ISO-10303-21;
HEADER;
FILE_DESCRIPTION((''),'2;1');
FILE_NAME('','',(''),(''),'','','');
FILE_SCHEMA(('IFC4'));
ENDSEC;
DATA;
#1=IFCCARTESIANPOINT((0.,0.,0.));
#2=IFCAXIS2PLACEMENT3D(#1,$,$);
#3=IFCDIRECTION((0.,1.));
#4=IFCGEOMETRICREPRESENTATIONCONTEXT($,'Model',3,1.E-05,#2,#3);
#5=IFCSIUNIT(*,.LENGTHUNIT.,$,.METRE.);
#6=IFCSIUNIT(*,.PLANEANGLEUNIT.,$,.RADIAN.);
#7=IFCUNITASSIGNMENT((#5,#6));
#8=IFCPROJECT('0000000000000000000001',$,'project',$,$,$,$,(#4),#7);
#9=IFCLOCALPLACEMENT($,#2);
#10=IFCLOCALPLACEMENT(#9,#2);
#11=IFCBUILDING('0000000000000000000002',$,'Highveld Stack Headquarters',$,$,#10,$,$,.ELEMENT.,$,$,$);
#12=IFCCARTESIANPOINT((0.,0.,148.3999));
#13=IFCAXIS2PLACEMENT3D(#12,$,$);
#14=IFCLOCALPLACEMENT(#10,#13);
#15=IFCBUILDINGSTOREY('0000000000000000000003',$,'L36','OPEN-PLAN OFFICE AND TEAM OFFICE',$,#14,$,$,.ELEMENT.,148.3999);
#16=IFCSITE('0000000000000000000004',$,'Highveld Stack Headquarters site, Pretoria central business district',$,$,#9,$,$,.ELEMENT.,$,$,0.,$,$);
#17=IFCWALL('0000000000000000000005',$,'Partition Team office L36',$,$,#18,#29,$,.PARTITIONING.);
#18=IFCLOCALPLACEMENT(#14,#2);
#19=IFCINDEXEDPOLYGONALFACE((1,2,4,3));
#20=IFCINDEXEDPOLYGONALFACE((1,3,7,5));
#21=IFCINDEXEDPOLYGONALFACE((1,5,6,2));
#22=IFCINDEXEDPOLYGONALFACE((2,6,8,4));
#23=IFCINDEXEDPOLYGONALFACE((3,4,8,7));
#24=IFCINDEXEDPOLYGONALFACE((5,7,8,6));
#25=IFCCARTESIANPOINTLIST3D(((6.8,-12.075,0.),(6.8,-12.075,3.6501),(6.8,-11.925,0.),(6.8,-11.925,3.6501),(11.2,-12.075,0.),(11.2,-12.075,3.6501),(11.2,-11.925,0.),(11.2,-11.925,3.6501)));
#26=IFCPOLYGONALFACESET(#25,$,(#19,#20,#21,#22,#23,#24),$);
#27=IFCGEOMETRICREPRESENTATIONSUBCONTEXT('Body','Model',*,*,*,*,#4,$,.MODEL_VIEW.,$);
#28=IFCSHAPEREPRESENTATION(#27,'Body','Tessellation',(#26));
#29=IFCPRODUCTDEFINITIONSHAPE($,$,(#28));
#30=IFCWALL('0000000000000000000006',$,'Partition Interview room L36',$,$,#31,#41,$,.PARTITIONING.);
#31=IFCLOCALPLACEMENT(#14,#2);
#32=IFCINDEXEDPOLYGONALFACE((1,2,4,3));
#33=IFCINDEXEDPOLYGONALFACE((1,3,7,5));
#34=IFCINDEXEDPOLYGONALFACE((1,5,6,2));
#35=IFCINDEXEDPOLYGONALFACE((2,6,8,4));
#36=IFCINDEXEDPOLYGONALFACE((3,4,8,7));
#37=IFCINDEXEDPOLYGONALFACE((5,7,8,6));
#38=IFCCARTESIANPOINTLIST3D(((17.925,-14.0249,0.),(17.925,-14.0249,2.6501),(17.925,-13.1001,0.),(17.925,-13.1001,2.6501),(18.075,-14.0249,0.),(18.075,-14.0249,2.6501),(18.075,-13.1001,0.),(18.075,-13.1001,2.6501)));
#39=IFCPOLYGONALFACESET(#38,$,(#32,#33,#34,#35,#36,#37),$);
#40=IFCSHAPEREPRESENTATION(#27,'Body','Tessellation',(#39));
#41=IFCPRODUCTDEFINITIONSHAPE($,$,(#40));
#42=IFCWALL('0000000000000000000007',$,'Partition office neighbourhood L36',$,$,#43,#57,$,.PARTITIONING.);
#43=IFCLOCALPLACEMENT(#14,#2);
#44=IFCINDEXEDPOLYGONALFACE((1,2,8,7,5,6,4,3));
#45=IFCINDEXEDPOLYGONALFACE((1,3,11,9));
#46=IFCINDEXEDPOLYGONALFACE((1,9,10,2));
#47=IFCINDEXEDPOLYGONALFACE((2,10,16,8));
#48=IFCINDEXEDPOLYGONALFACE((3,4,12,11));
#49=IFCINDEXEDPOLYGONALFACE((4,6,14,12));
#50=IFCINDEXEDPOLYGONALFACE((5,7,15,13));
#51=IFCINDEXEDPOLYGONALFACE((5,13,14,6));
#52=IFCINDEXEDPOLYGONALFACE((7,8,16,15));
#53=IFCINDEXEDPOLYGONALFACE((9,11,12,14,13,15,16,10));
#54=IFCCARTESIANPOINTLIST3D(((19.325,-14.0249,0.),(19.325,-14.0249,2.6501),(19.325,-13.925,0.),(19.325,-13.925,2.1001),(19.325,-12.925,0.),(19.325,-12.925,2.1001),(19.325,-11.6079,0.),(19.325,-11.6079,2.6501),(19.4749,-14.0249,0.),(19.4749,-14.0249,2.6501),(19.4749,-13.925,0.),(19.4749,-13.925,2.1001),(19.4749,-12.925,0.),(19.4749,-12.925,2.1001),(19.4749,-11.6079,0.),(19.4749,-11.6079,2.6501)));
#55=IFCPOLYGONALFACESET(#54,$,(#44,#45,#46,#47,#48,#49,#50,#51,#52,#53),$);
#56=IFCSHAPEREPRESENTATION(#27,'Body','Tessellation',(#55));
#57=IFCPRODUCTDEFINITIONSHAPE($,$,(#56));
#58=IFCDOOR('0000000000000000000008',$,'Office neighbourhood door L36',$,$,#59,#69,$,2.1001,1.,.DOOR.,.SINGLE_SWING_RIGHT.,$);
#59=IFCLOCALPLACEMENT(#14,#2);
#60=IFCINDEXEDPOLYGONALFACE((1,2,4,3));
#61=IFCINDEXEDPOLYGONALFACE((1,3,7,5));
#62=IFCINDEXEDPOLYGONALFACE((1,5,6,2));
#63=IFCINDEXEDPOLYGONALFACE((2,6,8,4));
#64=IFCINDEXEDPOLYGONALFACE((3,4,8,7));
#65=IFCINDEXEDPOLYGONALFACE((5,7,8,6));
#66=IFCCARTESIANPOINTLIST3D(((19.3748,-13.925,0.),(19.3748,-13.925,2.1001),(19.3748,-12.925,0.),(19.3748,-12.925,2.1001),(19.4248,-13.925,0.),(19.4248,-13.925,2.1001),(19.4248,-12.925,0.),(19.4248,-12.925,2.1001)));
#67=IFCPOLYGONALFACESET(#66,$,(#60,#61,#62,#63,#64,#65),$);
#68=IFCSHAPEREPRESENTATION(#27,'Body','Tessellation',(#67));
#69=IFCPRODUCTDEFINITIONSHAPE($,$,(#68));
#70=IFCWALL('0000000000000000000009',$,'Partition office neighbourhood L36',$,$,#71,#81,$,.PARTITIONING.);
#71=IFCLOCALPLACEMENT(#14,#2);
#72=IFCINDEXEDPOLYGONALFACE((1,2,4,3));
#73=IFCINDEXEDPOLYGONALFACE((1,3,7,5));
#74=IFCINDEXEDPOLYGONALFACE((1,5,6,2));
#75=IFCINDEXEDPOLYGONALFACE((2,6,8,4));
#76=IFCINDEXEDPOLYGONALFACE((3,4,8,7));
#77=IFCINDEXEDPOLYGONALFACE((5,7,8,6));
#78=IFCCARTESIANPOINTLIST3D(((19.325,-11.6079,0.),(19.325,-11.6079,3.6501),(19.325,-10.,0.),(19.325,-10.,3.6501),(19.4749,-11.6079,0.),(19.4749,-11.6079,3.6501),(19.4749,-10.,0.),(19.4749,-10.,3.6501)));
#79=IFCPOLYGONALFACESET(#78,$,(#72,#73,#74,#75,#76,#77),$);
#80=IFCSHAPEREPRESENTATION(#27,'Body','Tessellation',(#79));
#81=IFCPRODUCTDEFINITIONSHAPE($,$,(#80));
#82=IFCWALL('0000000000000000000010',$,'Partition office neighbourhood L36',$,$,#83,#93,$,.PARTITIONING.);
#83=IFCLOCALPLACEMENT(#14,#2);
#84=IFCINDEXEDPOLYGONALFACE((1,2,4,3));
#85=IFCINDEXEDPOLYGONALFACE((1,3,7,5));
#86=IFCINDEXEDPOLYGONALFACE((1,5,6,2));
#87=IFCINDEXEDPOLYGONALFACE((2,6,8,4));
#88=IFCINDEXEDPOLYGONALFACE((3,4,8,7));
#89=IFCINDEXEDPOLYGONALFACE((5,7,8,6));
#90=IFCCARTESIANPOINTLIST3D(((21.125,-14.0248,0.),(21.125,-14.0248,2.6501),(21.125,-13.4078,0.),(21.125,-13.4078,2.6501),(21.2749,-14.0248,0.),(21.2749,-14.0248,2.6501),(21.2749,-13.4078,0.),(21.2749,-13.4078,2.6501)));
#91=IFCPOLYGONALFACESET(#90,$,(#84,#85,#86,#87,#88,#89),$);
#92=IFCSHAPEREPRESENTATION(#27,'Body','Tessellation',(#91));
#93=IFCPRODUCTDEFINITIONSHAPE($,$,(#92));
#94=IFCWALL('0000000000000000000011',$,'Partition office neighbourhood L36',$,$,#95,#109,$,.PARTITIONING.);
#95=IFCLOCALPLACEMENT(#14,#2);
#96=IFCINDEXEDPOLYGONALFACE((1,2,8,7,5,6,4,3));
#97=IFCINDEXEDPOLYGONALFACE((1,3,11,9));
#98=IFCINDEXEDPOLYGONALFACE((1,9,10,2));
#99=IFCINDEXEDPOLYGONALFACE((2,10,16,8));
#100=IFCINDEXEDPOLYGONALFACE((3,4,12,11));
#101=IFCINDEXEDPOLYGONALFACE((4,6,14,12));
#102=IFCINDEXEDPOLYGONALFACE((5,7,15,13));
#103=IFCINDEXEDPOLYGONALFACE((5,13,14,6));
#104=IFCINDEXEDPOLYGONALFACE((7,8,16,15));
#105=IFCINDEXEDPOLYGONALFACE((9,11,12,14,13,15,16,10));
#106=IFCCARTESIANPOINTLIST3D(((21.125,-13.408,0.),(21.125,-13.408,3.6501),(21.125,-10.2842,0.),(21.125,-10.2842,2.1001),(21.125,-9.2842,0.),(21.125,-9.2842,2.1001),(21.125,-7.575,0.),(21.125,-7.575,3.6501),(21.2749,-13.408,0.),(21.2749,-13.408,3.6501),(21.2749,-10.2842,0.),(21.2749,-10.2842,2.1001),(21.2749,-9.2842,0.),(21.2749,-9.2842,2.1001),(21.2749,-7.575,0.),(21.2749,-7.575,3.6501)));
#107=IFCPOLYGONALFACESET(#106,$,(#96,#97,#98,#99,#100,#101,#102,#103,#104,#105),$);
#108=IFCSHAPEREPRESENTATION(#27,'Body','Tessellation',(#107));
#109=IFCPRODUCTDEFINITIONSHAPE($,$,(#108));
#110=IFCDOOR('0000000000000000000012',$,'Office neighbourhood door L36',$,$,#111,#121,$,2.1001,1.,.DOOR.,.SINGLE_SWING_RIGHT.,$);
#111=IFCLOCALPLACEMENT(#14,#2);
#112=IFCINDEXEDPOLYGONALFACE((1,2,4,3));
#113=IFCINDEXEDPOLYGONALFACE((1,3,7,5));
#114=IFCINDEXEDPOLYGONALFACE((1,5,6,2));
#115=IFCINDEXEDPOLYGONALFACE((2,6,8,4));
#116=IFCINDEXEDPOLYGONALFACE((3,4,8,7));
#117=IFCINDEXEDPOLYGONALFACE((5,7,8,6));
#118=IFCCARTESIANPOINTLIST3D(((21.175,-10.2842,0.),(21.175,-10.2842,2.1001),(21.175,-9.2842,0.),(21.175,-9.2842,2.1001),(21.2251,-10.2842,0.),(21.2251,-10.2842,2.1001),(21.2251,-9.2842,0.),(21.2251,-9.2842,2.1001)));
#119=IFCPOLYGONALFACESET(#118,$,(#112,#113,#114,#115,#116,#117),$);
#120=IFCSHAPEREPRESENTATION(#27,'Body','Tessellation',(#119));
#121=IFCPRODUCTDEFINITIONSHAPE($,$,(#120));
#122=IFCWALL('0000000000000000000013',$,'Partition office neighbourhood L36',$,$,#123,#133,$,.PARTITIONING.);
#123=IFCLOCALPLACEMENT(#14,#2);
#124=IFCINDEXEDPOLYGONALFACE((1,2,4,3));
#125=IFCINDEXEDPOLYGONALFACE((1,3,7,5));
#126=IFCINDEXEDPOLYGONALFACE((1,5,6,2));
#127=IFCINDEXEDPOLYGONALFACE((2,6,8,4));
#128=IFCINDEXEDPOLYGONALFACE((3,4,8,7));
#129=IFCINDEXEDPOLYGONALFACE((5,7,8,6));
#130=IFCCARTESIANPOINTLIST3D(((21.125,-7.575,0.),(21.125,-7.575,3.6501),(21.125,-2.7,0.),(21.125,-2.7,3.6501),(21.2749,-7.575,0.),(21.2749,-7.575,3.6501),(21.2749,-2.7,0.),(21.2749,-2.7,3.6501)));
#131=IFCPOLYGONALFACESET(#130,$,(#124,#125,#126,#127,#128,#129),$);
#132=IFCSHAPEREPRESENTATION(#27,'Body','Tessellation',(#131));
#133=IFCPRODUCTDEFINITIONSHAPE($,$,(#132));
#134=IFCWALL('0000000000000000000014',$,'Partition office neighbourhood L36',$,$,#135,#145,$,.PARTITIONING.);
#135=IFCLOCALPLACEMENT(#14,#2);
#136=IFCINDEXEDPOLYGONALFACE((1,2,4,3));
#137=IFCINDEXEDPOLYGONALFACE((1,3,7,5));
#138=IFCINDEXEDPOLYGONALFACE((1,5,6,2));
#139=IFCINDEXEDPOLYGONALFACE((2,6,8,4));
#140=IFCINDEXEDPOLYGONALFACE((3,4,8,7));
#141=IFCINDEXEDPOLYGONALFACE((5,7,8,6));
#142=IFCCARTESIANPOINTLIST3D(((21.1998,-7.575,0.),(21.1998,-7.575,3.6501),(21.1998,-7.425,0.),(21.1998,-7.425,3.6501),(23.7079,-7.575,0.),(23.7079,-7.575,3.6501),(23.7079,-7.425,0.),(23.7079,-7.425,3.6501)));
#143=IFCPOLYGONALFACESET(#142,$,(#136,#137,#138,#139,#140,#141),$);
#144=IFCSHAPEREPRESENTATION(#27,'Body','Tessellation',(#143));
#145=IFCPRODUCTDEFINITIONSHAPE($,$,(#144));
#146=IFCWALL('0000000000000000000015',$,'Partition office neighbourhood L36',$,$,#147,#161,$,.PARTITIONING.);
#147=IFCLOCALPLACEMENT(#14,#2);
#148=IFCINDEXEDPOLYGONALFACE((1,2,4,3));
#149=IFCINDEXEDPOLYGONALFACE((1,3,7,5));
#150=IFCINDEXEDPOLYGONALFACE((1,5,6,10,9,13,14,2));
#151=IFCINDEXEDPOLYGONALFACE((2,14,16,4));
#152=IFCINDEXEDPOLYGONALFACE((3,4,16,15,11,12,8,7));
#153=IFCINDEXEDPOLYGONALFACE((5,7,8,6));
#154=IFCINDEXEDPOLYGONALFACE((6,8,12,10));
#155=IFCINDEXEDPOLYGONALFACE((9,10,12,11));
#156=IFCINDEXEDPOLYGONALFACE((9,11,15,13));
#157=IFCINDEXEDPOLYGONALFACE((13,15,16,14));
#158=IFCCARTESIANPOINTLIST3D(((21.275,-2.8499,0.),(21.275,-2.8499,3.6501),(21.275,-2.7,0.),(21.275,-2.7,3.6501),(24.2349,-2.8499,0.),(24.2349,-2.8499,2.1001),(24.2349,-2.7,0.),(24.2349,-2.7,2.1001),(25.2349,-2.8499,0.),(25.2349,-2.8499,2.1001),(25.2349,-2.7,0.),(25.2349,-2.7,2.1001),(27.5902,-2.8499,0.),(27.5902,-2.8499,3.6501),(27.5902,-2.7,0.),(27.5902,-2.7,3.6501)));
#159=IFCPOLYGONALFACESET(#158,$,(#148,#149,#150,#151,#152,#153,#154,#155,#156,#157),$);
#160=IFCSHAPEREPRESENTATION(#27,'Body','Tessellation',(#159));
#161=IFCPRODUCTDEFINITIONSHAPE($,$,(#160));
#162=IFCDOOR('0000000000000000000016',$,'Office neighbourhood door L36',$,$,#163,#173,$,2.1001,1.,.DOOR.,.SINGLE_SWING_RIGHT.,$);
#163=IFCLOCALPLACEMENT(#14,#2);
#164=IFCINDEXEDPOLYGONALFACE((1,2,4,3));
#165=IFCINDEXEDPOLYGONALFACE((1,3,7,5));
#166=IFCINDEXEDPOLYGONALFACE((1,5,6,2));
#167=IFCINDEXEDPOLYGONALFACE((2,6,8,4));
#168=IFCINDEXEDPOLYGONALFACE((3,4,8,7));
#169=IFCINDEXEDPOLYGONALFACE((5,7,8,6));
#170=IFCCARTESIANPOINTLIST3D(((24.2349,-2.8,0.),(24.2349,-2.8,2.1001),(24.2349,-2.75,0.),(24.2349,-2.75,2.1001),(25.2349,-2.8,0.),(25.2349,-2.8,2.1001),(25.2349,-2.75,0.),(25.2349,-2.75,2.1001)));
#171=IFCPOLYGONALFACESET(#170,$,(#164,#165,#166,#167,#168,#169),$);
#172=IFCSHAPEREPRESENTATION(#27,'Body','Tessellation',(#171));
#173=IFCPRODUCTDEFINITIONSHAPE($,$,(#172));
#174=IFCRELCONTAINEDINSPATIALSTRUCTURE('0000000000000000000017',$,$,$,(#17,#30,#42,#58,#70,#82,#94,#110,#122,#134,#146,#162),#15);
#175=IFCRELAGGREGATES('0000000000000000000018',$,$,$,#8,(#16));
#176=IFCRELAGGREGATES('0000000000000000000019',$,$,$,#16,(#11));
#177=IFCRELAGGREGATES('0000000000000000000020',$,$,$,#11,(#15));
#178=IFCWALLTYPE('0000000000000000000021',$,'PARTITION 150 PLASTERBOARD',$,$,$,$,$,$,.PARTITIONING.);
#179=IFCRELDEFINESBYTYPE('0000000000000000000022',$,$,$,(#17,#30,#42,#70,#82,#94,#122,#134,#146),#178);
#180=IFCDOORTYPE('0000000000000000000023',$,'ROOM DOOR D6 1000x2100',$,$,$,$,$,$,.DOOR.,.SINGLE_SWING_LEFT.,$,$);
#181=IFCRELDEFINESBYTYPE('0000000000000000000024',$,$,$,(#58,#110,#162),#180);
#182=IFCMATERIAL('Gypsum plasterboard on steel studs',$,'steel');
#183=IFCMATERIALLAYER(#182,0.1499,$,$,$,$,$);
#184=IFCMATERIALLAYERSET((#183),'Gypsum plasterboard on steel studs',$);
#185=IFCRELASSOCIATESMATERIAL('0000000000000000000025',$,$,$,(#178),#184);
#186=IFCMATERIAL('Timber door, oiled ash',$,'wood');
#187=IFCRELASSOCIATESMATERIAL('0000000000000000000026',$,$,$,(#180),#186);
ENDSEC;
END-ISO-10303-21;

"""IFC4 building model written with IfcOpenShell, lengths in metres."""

from ifc_helpers import new_model, si_unit, direction, frame, frame_2d, origin, place, context, subcontext, project, spatial, rectangle, extrude, material, layer, layer_set, type_object, element, fill, save


model = new_model("IFC4")

# Units and contexts
model_context = context("Model", 3, precision=1e-05, world=origin(), true_north=direction((0.0, 1.0)))
body_context = subcontext(model_context, "Body", "Model", "MODEL_VIEW")
ifc_project = project(units=[si_unit("LENGTHUNIT", "METRE"), si_unit("PLANEANGLEUNIT", "RADIAN")], contexts=[model_context])

# Site, building, storey
site_placement = place(None, origin())
site = spatial("IfcSite", under=ifc_project, at=site_placement, Name="Highveld Stack Headquarters site, Pretoria central business district", CompositionType="ELEMENT", RefElevation=0.0)
building_placement = place(site_placement, origin())
building = spatial("IfcBuilding", under=site, at=building_placement, Name="Highveld Stack Headquarters", CompositionType="ELEMENT")
storey_placement = place(building_placement, frame((0.0, 0.0, 148.3999)))
storey = spatial("IfcBuildingStorey", under=building, at=storey_placement, Name="L36", Description="OPEN-PLAN OFFICE AND TEAM OFFICE", CompositionType="ELEMENT", Elevation=148.3999)

# Shared definitions
ifc_material_1 = material(Name="Gypsum plasterboard on steel studs", Category="steel")
ifc_layer_1 = layer(ifc_material_1, 0.1499)
ifc_layer_set_1 = layer_set([ifc_layer_1], Name="Gypsum plasterboard on steel studs")
wall_type_1 = type_object("IfcWallType", Name="PARTITION 150 PLASTERBOARD", PredefinedType="PARTITIONING", material=ifc_layer_set_1)

# Shared definitions
ifc_material_2 = material(Name="Timber door, oiled ash", Category="wood")
door_type_1 = type_object("IfcDoorType", Name="ROOM DOOR D6 1000x2100", OperationType="SINGLE_SWING_LEFT", PredefinedType="DOOR", material=ifc_material_2)

# Walls
wall_1_placement = place(storey_placement, frame((6.8, -12.0, 0.0), z_axis=(0.0, 0.0, 1.0), x_axis=(1.0, 0.0, 0.0)))
element("IfcWall", 1, at=wall_1_placement, inside=storey, type_object=wall_type_1, Name="Partition Team office L36", PredefinedType="PARTITIONING", context=body_context, shape_type="SweptSolid", body=[
    extrude(rectangle(XDim=4.3999, YDim=0.1499, at=frame_2d((2.2, 0.0))), origin(), (0.0, 0.0, 1.0), 3.6501),
])
wall_2_placement = place(storey_placement, frame((18.0, -14.0249, 0.0), z_axis=(0.0, 0.0, 1.0), x_axis=(0.0, 1.0, 0.0)))
element("IfcWall", 2, at=wall_2_placement, inside=storey, type_object=wall_type_1, Name="Partition Interview room L36", PredefinedType="PARTITIONING", context=body_context, shape_type="SweptSolid", body=[
    extrude(rectangle(XDim=0.9248, YDim=0.1499, at=frame_2d((0.4624, 0.0))), origin(), (0.0, 0.0, 1.0), 2.6501),
])

# Wall, opening, door
wall_3_placement = place(storey_placement, frame((19.3999, -11.6079, 0.0), z_axis=(0.0, 0.0, 1.0), x_axis=(0.0, -1.0, 0.0)))
wall_3 = element("IfcWall", 3, at=wall_3_placement, inside=storey, type_object=wall_type_1, Name="Partition office neighbourhood L36", PredefinedType="PARTITIONING", context=body_context, shape_type="SweptSolid", body=[
    extrude(rectangle(XDim=2.417, YDim=0.1499, at=frame_2d((1.2085, 0.0))), origin(), (0.0, 0.0, 1.0), 2.6501),
])
opening_1_placement = place(wall_3_placement, frame((1.3171, 0.0, 0.0)))
opening_1 = element("IfcOpeningElement", 4, at=opening_1_placement, cuts=wall_3, PredefinedType="OPENING", context=body_context, shape_type="SweptSolid", body=[
    extrude(rectangle(XDim=1.0, YDim=2.1001, at=frame_2d((0.5, 1.05))), frame((0.0, 0.085, 0.0), z_axis=(0.0, -1.0, 0.0), x_axis=(1.0, 0.0, 0.0)), (0.0, 0.0, 1.0), 0.1699),
])
door_1_placement = place(opening_1_placement, origin())
door_1 = element("IfcDoor", 5, at=door_1_placement, inside=storey, type_object=door_type_1, Name="Office neighbourhood door L36", OperationType="SINGLE_SWING_RIGHT", OverallHeight=2.1001, OverallWidth=1.0, PredefinedType="DOOR", context=body_context, shape_type="SweptSolid", body=[
    extrude(rectangle(XDim=1.0, YDim=2.1001, at=frame_2d((0.5, 1.05))), frame((0.0, 0.0249, 0.0), z_axis=(0.0, -1.0, 0.0), x_axis=(1.0, 0.0, 0.0)), (0.0, 0.0, 1.0), 0.05),
])
fill(opening_1, door_1)

# Walls
wall_4_placement = place(storey_placement, frame((19.3999, -11.6079, 0.0), z_axis=(0.0, 0.0, 1.0), x_axis=(0.0, 1.0, 0.0)))
element("IfcWall", 6, at=wall_4_placement, inside=storey, type_object=wall_type_1, Name="Partition office neighbourhood L36", PredefinedType="PARTITIONING", context=body_context, shape_type="SweptSolid", body=[
    extrude(rectangle(XDim=1.6079, YDim=0.1499, at=frame_2d((0.804, 0.0))), origin(), (0.0, 0.0, 1.0), 3.6501),
])
wall_5_placement = place(storey_placement, frame((21.2, -14.0249, 0.0), z_axis=(0.0, 0.0, 1.0), x_axis=(0.0, 1.0, 0.0)))
element("IfcWall", 7, at=wall_5_placement, inside=storey, type_object=wall_type_1, Name="Partition office neighbourhood L36", PredefinedType="PARTITIONING", context=body_context, shape_type="SweptSolid", body=[
    extrude(rectangle(XDim=0.6169, YDim=0.1499, at=frame_2d((0.3086, 0.0))), origin(), (0.0, 0.0, 1.0), 2.6501),
])

# Wall, opening, door
wall_6_placement = place(storey_placement, frame((21.2, -13.408, 0.0), z_axis=(0.0, 0.0, 1.0), x_axis=(0.0, 1.0, 0.0)))
wall_6 = element("IfcWall", 8, at=wall_6_placement, inside=storey, type_object=wall_type_1, Name="Partition office neighbourhood L36", PredefinedType="PARTITIONING", context=body_context, shape_type="SweptSolid", body=[
    extrude(rectangle(XDim=5.833, YDim=0.1499, at=frame_2d((2.9165, 0.0))), origin(), (0.0, 0.0, 1.0), 3.6501),
])
opening_2_placement = place(wall_6_placement, frame((3.1238, 0.0, 0.0)))
opening_2 = element("IfcOpeningElement", 9, at=opening_2_placement, cuts=wall_6, PredefinedType="OPENING", context=body_context, shape_type="SweptSolid", body=[
    extrude(rectangle(XDim=1.0, YDim=2.1001, at=frame_2d((0.5, 1.05))), frame((0.0, 0.085, 0.0), z_axis=(0.0, -1.0, 0.0), x_axis=(1.0, 0.0, 0.0)), (0.0, 0.0, 1.0), 0.1699),
])
door_2_placement = place(opening_2_placement, origin())
door_2 = element("IfcDoor", 10, at=door_2_placement, inside=storey, type_object=door_type_1, Name="Office neighbourhood door L36", OperationType="SINGLE_SWING_RIGHT", OverallHeight=2.1001, OverallWidth=1.0, PredefinedType="DOOR", context=body_context, shape_type="SweptSolid", body=[
    extrude(rectangle(XDim=1.0, YDim=2.1001, at=frame_2d((0.5, 1.05))), frame((0.0, 0.0249, 0.0), z_axis=(0.0, -1.0, 0.0), x_axis=(1.0, 0.0, 0.0)), (0.0, 0.0, 1.0), 0.05),
])
fill(opening_2, door_2)

# Walls
wall_7_placement = place(storey_placement, frame((21.2, -7.575, 0.0), z_axis=(0.0, 0.0, 1.0), x_axis=(0.0, 1.0, 0.0)))
element("IfcWall", 11, at=wall_7_placement, inside=storey, type_object=wall_type_1, Name="Partition office neighbourhood L36", PredefinedType="PARTITIONING", context=body_context, shape_type="SweptSolid", body=[
    extrude(rectangle(XDim=4.875, YDim=0.1499, at=frame_2d((2.4375, 0.0))), origin(), (0.0, 0.0, 1.0), 3.6501),
])
wall_8_placement = place(storey_placement, frame((21.2, -7.5, 0.0), z_axis=(0.0, 0.0, 1.0), x_axis=(1.0, 0.0, 0.0)))
element("IfcWall", 12, at=wall_8_placement, inside=storey, type_object=wall_type_1, Name="Partition office neighbourhood L36", PredefinedType="PARTITIONING", context=body_context, shape_type="SweptSolid", body=[
    extrude(rectangle(XDim=2.5081, YDim=0.1499, at=frame_2d((1.2539, 0.0))), origin(), (0.0, 0.0, 1.0), 3.6501),
])

# Wall, opening, door
wall_9_placement = place(storey_placement, frame((21.2749, -2.7749, 0.0), z_axis=(0.0, 0.0, 1.0), x_axis=(1.0, 0.0, 0.0)))
wall_9 = element("IfcWall", 13, at=wall_9_placement, inside=storey, type_object=wall_type_1, Name="Partition office neighbourhood L36", PredefinedType="PARTITIONING", context=body_context, shape_type="SweptSolid", body=[
    extrude(rectangle(XDim=6.3152, YDim=0.1499, at=frame_2d((3.1577, 0.0))), origin(), (0.0, 0.0, 1.0), 3.6501),
])
opening_3_placement = place(wall_9_placement, frame((2.96, 0.0, 0.0)))
opening_3 = element("IfcOpeningElement", 14, at=opening_3_placement, cuts=wall_9, PredefinedType="OPENING", context=body_context, shape_type="SweptSolid", body=[
    extrude(rectangle(XDim=1.0, YDim=2.1001, at=frame_2d((0.5, 1.05))), frame((0.0, 0.085, 0.0), z_axis=(0.0, -1.0, 0.0), x_axis=(1.0, 0.0, 0.0)), (0.0, 0.0, 1.0), 0.1699),
])
door_3_placement = place(opening_3_placement, origin())
door_3 = element("IfcDoor", 15, at=door_3_placement, inside=storey, type_object=door_type_1, Name="Office neighbourhood door L36", OperationType="SINGLE_SWING_RIGHT", OverallHeight=2.1001, OverallWidth=1.0, PredefinedType="DOOR", context=body_context, shape_type="SweptSolid", body=[
    extrude(rectangle(XDim=1.0, YDim=2.1001, at=frame_2d((0.5, 1.05))), frame((0.0, 0.0249, 0.0), z_axis=(0.0, -1.0, 0.0), x_axis=(1.0, 0.0, 0.0)), (0.0, 0.0, 1.0), 0.05),
])
fill(opening_3, door_3)

save(model, "model.ifc")
